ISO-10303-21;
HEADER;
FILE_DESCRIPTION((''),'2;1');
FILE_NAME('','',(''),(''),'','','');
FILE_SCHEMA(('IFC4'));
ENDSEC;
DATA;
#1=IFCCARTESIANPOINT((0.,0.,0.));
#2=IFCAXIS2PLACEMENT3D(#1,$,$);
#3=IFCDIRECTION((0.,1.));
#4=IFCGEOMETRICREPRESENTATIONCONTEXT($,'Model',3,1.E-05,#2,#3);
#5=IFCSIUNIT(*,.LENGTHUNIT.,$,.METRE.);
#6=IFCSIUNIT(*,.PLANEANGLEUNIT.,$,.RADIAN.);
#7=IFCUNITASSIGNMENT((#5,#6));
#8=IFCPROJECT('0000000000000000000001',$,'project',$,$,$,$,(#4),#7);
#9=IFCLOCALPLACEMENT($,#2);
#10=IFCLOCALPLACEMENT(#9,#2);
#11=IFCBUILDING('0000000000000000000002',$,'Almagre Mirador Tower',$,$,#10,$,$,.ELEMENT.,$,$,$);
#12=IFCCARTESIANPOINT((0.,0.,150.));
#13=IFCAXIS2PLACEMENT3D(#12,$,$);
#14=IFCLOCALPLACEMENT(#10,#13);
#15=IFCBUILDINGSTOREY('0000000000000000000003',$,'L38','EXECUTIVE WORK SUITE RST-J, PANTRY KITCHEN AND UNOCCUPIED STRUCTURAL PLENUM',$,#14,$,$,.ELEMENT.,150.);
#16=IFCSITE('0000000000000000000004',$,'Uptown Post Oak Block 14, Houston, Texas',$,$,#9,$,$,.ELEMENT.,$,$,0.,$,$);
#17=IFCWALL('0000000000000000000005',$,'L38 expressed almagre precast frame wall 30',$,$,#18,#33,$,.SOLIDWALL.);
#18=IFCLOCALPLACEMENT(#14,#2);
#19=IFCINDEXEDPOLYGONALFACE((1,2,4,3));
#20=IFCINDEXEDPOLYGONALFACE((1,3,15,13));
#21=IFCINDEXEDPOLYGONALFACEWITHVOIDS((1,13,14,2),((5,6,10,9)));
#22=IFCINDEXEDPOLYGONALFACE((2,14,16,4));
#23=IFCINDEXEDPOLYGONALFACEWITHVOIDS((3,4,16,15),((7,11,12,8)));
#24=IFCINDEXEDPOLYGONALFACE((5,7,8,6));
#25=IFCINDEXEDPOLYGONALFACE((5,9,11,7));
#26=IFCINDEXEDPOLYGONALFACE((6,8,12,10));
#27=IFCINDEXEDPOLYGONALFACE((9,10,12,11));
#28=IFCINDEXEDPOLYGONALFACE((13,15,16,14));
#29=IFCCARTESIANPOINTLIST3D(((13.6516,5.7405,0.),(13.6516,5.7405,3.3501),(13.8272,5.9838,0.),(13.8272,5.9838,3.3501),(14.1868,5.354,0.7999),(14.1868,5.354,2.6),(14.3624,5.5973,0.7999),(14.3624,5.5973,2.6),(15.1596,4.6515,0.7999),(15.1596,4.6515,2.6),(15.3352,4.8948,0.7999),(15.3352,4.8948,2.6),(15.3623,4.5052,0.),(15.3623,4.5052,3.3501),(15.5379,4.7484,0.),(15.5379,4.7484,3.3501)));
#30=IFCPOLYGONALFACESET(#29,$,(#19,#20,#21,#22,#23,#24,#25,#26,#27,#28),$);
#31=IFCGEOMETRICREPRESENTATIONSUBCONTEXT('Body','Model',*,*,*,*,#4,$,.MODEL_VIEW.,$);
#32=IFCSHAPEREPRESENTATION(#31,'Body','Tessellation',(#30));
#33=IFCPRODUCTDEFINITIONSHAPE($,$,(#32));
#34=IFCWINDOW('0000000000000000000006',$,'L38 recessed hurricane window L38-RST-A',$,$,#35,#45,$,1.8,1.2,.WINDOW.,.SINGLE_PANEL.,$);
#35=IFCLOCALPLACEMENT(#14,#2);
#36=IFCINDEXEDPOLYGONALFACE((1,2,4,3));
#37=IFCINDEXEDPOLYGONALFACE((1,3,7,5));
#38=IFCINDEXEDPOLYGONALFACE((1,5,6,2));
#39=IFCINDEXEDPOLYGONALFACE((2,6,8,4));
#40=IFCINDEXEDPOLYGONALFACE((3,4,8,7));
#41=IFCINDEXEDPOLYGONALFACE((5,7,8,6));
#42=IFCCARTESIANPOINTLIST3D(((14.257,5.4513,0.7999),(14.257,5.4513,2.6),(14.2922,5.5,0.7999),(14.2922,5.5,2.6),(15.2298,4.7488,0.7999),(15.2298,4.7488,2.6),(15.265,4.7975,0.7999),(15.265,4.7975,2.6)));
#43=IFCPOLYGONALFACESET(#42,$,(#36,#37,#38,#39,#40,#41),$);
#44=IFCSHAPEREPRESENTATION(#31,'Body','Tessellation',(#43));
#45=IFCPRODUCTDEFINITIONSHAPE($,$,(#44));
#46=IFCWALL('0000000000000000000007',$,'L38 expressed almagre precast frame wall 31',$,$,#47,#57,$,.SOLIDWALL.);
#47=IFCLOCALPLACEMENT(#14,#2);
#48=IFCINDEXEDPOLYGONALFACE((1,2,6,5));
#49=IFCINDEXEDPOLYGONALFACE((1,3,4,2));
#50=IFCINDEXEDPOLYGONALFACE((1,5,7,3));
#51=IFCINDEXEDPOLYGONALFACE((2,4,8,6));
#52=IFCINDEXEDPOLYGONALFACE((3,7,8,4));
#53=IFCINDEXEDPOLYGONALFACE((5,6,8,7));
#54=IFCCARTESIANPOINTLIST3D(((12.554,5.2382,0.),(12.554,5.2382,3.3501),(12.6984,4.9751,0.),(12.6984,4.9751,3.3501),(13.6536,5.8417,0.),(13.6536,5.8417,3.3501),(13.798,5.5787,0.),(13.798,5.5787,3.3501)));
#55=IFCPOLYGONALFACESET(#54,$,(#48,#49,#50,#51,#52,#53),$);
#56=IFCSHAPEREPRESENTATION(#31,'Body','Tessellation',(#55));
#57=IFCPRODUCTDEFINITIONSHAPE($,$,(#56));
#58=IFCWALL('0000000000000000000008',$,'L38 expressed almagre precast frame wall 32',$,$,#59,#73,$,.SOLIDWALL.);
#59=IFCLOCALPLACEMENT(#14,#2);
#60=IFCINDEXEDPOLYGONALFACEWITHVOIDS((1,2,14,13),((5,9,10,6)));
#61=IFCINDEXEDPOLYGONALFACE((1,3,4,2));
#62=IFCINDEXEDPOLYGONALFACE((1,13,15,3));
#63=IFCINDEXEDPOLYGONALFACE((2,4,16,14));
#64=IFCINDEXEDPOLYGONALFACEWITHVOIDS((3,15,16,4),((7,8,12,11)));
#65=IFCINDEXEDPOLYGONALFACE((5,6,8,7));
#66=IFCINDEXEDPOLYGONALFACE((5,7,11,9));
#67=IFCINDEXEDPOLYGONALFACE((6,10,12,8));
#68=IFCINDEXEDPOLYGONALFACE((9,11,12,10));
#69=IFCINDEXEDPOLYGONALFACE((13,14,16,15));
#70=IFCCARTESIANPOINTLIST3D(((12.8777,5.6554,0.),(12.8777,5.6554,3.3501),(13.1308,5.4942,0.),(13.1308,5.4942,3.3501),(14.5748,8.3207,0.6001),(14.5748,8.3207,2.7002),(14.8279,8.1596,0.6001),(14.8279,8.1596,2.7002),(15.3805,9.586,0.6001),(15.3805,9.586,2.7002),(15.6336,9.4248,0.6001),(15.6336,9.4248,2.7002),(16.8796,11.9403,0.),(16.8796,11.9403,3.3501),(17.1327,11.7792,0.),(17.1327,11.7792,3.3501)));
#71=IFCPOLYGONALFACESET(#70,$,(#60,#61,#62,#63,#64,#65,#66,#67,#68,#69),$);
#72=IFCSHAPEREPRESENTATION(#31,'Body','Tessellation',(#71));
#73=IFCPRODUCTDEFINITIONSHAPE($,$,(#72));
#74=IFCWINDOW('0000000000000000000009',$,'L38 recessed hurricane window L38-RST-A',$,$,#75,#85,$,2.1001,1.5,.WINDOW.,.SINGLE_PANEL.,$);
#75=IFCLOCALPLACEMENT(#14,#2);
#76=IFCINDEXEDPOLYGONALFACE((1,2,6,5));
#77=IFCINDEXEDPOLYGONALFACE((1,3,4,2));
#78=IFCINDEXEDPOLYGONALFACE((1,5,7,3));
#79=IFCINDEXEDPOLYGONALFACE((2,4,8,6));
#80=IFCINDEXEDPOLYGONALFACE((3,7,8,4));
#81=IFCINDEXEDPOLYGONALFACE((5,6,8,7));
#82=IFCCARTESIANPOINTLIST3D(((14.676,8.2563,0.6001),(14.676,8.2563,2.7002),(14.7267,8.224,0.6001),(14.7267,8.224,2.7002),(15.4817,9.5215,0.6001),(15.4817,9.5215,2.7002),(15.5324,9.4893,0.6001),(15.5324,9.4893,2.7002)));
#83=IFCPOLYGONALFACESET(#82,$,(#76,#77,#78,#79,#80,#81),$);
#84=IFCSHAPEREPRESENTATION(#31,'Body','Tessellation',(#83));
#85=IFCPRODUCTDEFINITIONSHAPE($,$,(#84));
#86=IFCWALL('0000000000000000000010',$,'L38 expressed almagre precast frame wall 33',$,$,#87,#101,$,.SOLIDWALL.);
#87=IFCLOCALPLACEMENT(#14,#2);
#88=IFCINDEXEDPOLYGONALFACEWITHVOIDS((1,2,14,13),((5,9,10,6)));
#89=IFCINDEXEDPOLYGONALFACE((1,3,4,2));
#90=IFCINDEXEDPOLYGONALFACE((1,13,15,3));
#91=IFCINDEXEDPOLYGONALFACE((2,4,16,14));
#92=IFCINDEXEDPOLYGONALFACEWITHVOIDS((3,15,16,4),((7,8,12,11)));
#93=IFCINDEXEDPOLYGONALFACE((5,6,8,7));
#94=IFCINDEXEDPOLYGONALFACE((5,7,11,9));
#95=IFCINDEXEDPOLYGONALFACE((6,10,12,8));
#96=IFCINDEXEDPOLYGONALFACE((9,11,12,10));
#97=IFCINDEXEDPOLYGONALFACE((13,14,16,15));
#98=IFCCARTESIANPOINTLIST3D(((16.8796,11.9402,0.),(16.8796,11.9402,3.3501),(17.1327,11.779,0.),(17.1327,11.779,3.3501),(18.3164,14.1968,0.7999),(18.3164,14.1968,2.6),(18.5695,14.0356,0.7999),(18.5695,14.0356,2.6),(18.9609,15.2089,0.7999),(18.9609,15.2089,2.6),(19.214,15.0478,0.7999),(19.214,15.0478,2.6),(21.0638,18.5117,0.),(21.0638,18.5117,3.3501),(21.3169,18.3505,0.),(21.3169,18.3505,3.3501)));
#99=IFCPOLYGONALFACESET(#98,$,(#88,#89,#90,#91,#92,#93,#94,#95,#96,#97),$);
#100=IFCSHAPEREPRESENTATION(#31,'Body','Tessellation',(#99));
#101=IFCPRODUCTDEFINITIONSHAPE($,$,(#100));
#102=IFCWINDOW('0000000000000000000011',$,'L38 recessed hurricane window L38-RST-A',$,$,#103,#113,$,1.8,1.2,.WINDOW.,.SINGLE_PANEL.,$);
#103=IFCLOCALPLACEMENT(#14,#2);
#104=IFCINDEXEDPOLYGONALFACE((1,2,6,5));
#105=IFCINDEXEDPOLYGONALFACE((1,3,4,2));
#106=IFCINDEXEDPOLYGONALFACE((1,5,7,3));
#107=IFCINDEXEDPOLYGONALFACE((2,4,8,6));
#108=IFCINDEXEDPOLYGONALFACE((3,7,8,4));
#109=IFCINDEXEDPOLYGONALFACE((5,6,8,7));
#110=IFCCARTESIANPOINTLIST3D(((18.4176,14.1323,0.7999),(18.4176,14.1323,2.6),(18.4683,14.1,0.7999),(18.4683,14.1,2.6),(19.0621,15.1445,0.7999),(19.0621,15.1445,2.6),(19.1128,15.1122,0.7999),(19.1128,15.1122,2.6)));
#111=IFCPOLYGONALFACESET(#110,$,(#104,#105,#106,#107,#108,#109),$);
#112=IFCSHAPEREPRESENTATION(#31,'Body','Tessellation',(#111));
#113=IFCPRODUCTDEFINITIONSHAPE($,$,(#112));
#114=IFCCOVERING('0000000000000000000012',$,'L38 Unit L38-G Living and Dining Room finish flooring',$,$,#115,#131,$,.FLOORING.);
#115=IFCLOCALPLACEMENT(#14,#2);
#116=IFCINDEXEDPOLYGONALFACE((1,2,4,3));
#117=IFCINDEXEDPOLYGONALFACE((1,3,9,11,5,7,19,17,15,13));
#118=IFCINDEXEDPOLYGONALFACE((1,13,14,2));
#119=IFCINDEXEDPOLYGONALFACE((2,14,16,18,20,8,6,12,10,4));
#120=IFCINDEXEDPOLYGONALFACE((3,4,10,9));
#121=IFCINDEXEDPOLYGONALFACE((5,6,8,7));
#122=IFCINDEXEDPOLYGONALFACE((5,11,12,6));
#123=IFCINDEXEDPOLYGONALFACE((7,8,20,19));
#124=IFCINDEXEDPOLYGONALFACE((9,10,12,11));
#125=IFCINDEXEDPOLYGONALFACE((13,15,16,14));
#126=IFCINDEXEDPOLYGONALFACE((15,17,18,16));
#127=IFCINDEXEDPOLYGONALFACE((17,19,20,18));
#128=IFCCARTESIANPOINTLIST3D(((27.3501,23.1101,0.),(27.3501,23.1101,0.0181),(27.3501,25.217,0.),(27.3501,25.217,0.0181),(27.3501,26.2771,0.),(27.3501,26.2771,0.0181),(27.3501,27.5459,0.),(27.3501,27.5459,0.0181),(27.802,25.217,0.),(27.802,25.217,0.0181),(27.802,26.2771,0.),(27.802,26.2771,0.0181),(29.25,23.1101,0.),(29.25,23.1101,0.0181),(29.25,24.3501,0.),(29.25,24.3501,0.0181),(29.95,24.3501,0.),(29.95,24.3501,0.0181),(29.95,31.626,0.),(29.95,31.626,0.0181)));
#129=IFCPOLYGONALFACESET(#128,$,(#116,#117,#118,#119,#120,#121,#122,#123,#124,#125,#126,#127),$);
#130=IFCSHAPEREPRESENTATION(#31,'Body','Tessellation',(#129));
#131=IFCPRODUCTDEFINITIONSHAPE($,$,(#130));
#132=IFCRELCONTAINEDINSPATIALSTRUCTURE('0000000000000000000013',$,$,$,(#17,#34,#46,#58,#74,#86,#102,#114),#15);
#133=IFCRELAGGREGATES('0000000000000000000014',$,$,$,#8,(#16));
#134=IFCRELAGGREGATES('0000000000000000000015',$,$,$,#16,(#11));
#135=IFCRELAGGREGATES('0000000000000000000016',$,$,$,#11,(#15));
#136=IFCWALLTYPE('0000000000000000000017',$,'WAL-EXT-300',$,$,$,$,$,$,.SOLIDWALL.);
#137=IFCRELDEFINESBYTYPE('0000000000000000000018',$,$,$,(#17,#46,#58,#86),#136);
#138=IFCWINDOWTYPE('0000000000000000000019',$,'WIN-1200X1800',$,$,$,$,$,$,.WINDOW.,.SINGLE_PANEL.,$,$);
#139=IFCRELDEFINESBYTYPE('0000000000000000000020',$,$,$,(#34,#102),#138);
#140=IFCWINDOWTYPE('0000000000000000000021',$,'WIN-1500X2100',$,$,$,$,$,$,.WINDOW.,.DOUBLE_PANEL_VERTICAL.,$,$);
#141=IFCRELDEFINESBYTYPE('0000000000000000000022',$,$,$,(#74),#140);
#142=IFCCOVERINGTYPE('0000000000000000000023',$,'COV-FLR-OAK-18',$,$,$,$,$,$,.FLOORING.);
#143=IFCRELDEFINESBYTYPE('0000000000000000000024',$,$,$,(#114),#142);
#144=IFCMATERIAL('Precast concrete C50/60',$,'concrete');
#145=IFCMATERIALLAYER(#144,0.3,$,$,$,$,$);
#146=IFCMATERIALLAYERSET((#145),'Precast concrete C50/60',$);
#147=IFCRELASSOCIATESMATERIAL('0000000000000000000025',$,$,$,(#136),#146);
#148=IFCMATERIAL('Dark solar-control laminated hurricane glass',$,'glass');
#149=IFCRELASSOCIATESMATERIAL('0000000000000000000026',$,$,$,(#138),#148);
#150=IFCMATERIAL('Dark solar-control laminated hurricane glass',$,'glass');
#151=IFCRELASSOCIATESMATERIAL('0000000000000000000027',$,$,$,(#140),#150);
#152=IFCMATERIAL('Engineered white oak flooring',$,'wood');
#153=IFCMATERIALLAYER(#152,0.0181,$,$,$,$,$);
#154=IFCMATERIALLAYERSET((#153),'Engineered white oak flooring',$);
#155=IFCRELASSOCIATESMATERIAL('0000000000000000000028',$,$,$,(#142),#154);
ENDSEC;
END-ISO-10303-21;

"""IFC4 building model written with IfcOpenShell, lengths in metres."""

from ifc_helpers import new_model, si_unit, direction, frame, frame_2d, origin, place, context, subcontext, project, spatial, polyline, rectangle, outline, extrude, material, layer, layer_set, type_object, element, fill, save


model = new_model("IFC4")

# Units and contexts
model_context = context("Model", 3, precision=1e-05, world=origin(), true_north=direction((0.0, 1.0)))
body_context = subcontext(model_context, "Body", "Model", "MODEL_VIEW")
ifc_project = project(units=[si_unit("LENGTHUNIT", "METRE"), si_unit("PLANEANGLEUNIT", "RADIAN")], contexts=[model_context])

# Site, building, storey
site_placement = place(None, origin())
site = spatial("IfcSite", under=ifc_project, at=site_placement, Name="Uptown Post Oak Block 14, Houston, Texas", CompositionType="ELEMENT", RefElevation=0.0)
building_placement = place(site_placement, origin())
building = spatial("IfcBuilding", under=site, at=building_placement, Name="Almagre Mirador Tower", CompositionType="ELEMENT")
storey_placement = place(building_placement, frame((0.0, 0.0, 150.0)))
storey = spatial("IfcBuildingStorey", under=building, at=storey_placement, Name="L38", Description="EXECUTIVE WORK SUITE RST-J, PANTRY KITCHEN AND UNOCCUPIED STRUCTURAL PLENUM", CompositionType="ELEMENT", Elevation=150.0)

# Shared definitions
ifc_material_1 = material(Name="Precast concrete C50/60", Category="concrete")
ifc_layer_1 = layer(ifc_material_1, 0.3)
ifc_layer_set_1 = layer_set([ifc_layer_1], Name="Precast concrete C50/60")
wall_type = type_object("IfcWallType", Name="WAL-EXT-300", PredefinedType="SOLIDWALL", material=ifc_layer_set_1)

# Wall, opening, window
ifc_material_2 = material(Name="Dark solar-control laminated hurricane glass", Category="glass")
window_type_1 = type_object("IfcWindowType", Name="WIN-1200X1800", PartitioningType="SINGLE_PANEL", PredefinedType="WINDOW", material=ifc_material_2)
wall_1_placement = place(storey_placement, frame((15.4502, 4.6267, 0.0), z_axis=(0.0, 0.0, 1.0), x_axis=(-0.810713, 0.585444, 0.0)))
wall_1 = element("IfcWall", 1, at=wall_1_placement, inside=storey, type_object=wall_type, Name="L38 expressed almagre precast frame wall 30", PredefinedType="SOLIDWALL", context=body_context, shape_type="SweptSolid", body=[
    extrude(rectangle(XDim=2.1101, YDim=0.3, at=frame_2d((1.0552, 0.0))), origin(), (0.0, 0.0, 1.0), 3.3501),
])
opening_1_placement = place(wall_1_placement, frame((0.25, 0.0, 0.8)))
opening_1 = element("IfcOpeningElement", 2, at=opening_1_placement, cuts=wall_1, PredefinedType="OPENING", context=body_context, shape_type="SweptSolid", body=[
    extrude(rectangle(XDim=1.2, YDim=1.8, at=frame_2d((0.6001, 0.8999))), frame((0.0, 0.1599, 0.0), z_axis=(0.0, -1.0, 0.0), x_axis=(1.0, 0.0, 0.0)), (0.0, 0.0, 1.0), 0.32),
])
window_1_placement = place(opening_1_placement, origin())
window_1 = element("IfcWindow", 3, at=window_1_placement, inside=storey, type_object=window_type_1, Name="L38 recessed hurricane window L38-RST-A", OverallHeight=1.8, OverallWidth=1.2, PartitioningType="SINGLE_PANEL", PredefinedType="WINDOW", context=body_context, shape_type="SweptSolid", body=[
    extrude(rectangle(XDim=1.2, YDim=1.8, at=frame_2d((0.6001, 0.8999))), frame((0.0, 0.03, 0.0), z_axis=(0.0, -1.0, 0.0), x_axis=(1.0, 0.0, 0.0)), (0.0, 0.0, 1.0), 0.0601),
])
fill(opening_1, window_1)

# Wall
wall_2_placement = place(storey_placement, frame((13.7258, 5.7102, 0.0), z_axis=(0.0, 0.0, 1.0), x_axis=(-0.876643, -0.481142, 0.0)))
element("IfcWall", 4, at=wall_2_placement, inside=storey, type_object=wall_type, Name="L38 expressed almagre precast frame wall 31", PredefinedType="SOLIDWALL", context=body_context, shape_type="SweptSolid", body=[
    extrude(rectangle(XDim=1.2544, YDim=0.3, at=frame_2d((0.6272, 0.0))), origin(), (0.0, 0.0, 1.0), 3.3501),
])

# Walls, openings, windows
wall_3_placement = place(storey_placement, frame((13.0042, 5.5747, 0.0), z_axis=(0.0, 0.0, 1.0), x_axis=(0.537111, 0.843512, 0.0)))
wall_3 = element("IfcWall", 5, at=wall_3_placement, inside=storey, type_object=wall_type, Name="L38 expressed almagre precast frame wall 32", PredefinedType="SOLIDWALL", context=body_context, shape_type="SweptSolid", body=[
    extrude(rectangle(XDim=7.4509, YDim=0.3, at=frame_2d((3.7256, 0.0))), origin(), (0.0, 0.0, 1.0), 3.3501),
])
opening_2_placement = place(wall_3_placement, frame((3.1599, 0.0, 0.6001)))
opening_2 = element("IfcOpeningElement", 6, at=opening_2_placement, cuts=wall_3, PredefinedType="OPENING", context=body_context, shape_type="SweptSolid", body=[
    extrude(rectangle(XDim=1.5, YDim=2.1001, at=frame_2d((0.75, 1.05))), frame((0.0, 0.1599, 0.0), z_axis=(0.0, -1.0, 0.0), x_axis=(1.0, 0.0, 0.0)), (0.0, 0.0, 1.0), 0.32),
])
ifc_material_3 = material(Name="Dark solar-control laminated hurricane glass", Category="glass")
window_type_2 = type_object("IfcWindowType", Name="WIN-1500X2100", PartitioningType="DOUBLE_PANEL_VERTICAL", PredefinedType="WINDOW", material=ifc_material_3)
window_2_placement = place(opening_2_placement, origin())
window_2 = element("IfcWindow", 7, at=window_2_placement, inside=storey, type_object=window_type_2, Name="L38 recessed hurricane window L38-RST-A", OverallHeight=2.1001, OverallWidth=1.5, PartitioningType="SINGLE_PANEL", PredefinedType="WINDOW", context=body_context, shape_type="SweptSolid", body=[
    extrude(rectangle(XDim=1.5, YDim=2.1001, at=frame_2d((0.75, 1.05))), frame((0.0, 0.03, 0.0), z_axis=(0.0, -1.0, 0.0), x_axis=(1.0, 0.0, 0.0)), (0.0, 0.0, 1.0), 0.0601),
])
fill(opening_2, window_2)
wall_4_placement = place(storey_placement, frame((17.0061, 11.8596, 0.0), z_axis=(0.0, 0.0, 1.0), x_axis=(0.537099, 0.84352, 0.0)))
wall_4 = element("IfcWall", 8, at=wall_4_placement, inside=storey, type_object=wall_type, Name="L38 expressed almagre precast frame wall 33", PredefinedType="SOLIDWALL", context=body_context, shape_type="SweptSolid", body=[
    extrude(rectangle(XDim=7.7905, YDim=0.3, at=frame_2d((3.8953, 0.0))), origin(), (0.0, 0.0, 1.0), 3.3501),
])
opening_3_placement = place(wall_4_placement, frame((2.675, 0.0, 0.8)))
opening_3 = element("IfcOpeningElement", 9, at=opening_3_placement, cuts=wall_4, PredefinedType="OPENING", context=body_context, shape_type="SweptSolid", body=[
    extrude(rectangle(XDim=1.2, YDim=1.8, at=frame_2d((0.6001, 0.8999))), frame((0.0, 0.1599, 0.0), z_axis=(0.0, -1.0, 0.0), x_axis=(1.0, 0.0, 0.0)), (0.0, 0.0, 1.0), 0.32),
])
window_3_placement = place(opening_3_placement, origin())
window_3 = element("IfcWindow", 10, at=window_3_placement, inside=storey, type_object=window_type_1, Name="L38 recessed hurricane window L38-RST-A", OverallHeight=1.8, OverallWidth=1.2, PartitioningType="SINGLE_PANEL", PredefinedType="WINDOW", context=body_context, shape_type="SweptSolid", body=[
    extrude(rectangle(XDim=1.2, YDim=1.8, at=frame_2d((0.6001, 0.8999))), frame((0.0, 0.03, 0.0), z_axis=(0.0, -1.0, 0.0), x_axis=(1.0, 0.0, 0.0)), (0.0, 0.0, 1.0), 0.0601),
])
fill(opening_3, window_3)

# Covering
ifc_material_4 = material(Name="Engineered white oak flooring", Category="wood")
ifc_layer_2 = layer(ifc_material_4, 0.0181)
ifc_layer_set_2 = layer_set([ifc_layer_2], Name="Engineered white oak flooring")
covering_type = type_object("IfcCoveringType", Name="COV-FLR-OAK-18", PredefinedType="FLOORING", material=ifc_layer_set_2)
covering_placement = place(storey_placement, origin())
element("IfcCovering", 11, at=covering_placement, inside=storey, type_object=covering_type, Name="L38 Unit L38-G Living and Dining Room finish flooring", PredefinedType="FLOORING", context=body_context, shape_type="SweptSolid", body=[
    extrude(outline(polyline([(29.95, 24.3501), (29.25, 24.3501), (29.25, 23.1101), (27.3501, 23.1101), (27.3501, 25.217), (27.802, 25.217), (27.802, 26.2771), (27.3501, 26.2771), (27.3501, 27.5459), (29.95, 31.626), (29.95, 24.3501)])), origin(), (0.0, 0.0, 1.0), 0.0181),
])

save(model, "model.ifc")
